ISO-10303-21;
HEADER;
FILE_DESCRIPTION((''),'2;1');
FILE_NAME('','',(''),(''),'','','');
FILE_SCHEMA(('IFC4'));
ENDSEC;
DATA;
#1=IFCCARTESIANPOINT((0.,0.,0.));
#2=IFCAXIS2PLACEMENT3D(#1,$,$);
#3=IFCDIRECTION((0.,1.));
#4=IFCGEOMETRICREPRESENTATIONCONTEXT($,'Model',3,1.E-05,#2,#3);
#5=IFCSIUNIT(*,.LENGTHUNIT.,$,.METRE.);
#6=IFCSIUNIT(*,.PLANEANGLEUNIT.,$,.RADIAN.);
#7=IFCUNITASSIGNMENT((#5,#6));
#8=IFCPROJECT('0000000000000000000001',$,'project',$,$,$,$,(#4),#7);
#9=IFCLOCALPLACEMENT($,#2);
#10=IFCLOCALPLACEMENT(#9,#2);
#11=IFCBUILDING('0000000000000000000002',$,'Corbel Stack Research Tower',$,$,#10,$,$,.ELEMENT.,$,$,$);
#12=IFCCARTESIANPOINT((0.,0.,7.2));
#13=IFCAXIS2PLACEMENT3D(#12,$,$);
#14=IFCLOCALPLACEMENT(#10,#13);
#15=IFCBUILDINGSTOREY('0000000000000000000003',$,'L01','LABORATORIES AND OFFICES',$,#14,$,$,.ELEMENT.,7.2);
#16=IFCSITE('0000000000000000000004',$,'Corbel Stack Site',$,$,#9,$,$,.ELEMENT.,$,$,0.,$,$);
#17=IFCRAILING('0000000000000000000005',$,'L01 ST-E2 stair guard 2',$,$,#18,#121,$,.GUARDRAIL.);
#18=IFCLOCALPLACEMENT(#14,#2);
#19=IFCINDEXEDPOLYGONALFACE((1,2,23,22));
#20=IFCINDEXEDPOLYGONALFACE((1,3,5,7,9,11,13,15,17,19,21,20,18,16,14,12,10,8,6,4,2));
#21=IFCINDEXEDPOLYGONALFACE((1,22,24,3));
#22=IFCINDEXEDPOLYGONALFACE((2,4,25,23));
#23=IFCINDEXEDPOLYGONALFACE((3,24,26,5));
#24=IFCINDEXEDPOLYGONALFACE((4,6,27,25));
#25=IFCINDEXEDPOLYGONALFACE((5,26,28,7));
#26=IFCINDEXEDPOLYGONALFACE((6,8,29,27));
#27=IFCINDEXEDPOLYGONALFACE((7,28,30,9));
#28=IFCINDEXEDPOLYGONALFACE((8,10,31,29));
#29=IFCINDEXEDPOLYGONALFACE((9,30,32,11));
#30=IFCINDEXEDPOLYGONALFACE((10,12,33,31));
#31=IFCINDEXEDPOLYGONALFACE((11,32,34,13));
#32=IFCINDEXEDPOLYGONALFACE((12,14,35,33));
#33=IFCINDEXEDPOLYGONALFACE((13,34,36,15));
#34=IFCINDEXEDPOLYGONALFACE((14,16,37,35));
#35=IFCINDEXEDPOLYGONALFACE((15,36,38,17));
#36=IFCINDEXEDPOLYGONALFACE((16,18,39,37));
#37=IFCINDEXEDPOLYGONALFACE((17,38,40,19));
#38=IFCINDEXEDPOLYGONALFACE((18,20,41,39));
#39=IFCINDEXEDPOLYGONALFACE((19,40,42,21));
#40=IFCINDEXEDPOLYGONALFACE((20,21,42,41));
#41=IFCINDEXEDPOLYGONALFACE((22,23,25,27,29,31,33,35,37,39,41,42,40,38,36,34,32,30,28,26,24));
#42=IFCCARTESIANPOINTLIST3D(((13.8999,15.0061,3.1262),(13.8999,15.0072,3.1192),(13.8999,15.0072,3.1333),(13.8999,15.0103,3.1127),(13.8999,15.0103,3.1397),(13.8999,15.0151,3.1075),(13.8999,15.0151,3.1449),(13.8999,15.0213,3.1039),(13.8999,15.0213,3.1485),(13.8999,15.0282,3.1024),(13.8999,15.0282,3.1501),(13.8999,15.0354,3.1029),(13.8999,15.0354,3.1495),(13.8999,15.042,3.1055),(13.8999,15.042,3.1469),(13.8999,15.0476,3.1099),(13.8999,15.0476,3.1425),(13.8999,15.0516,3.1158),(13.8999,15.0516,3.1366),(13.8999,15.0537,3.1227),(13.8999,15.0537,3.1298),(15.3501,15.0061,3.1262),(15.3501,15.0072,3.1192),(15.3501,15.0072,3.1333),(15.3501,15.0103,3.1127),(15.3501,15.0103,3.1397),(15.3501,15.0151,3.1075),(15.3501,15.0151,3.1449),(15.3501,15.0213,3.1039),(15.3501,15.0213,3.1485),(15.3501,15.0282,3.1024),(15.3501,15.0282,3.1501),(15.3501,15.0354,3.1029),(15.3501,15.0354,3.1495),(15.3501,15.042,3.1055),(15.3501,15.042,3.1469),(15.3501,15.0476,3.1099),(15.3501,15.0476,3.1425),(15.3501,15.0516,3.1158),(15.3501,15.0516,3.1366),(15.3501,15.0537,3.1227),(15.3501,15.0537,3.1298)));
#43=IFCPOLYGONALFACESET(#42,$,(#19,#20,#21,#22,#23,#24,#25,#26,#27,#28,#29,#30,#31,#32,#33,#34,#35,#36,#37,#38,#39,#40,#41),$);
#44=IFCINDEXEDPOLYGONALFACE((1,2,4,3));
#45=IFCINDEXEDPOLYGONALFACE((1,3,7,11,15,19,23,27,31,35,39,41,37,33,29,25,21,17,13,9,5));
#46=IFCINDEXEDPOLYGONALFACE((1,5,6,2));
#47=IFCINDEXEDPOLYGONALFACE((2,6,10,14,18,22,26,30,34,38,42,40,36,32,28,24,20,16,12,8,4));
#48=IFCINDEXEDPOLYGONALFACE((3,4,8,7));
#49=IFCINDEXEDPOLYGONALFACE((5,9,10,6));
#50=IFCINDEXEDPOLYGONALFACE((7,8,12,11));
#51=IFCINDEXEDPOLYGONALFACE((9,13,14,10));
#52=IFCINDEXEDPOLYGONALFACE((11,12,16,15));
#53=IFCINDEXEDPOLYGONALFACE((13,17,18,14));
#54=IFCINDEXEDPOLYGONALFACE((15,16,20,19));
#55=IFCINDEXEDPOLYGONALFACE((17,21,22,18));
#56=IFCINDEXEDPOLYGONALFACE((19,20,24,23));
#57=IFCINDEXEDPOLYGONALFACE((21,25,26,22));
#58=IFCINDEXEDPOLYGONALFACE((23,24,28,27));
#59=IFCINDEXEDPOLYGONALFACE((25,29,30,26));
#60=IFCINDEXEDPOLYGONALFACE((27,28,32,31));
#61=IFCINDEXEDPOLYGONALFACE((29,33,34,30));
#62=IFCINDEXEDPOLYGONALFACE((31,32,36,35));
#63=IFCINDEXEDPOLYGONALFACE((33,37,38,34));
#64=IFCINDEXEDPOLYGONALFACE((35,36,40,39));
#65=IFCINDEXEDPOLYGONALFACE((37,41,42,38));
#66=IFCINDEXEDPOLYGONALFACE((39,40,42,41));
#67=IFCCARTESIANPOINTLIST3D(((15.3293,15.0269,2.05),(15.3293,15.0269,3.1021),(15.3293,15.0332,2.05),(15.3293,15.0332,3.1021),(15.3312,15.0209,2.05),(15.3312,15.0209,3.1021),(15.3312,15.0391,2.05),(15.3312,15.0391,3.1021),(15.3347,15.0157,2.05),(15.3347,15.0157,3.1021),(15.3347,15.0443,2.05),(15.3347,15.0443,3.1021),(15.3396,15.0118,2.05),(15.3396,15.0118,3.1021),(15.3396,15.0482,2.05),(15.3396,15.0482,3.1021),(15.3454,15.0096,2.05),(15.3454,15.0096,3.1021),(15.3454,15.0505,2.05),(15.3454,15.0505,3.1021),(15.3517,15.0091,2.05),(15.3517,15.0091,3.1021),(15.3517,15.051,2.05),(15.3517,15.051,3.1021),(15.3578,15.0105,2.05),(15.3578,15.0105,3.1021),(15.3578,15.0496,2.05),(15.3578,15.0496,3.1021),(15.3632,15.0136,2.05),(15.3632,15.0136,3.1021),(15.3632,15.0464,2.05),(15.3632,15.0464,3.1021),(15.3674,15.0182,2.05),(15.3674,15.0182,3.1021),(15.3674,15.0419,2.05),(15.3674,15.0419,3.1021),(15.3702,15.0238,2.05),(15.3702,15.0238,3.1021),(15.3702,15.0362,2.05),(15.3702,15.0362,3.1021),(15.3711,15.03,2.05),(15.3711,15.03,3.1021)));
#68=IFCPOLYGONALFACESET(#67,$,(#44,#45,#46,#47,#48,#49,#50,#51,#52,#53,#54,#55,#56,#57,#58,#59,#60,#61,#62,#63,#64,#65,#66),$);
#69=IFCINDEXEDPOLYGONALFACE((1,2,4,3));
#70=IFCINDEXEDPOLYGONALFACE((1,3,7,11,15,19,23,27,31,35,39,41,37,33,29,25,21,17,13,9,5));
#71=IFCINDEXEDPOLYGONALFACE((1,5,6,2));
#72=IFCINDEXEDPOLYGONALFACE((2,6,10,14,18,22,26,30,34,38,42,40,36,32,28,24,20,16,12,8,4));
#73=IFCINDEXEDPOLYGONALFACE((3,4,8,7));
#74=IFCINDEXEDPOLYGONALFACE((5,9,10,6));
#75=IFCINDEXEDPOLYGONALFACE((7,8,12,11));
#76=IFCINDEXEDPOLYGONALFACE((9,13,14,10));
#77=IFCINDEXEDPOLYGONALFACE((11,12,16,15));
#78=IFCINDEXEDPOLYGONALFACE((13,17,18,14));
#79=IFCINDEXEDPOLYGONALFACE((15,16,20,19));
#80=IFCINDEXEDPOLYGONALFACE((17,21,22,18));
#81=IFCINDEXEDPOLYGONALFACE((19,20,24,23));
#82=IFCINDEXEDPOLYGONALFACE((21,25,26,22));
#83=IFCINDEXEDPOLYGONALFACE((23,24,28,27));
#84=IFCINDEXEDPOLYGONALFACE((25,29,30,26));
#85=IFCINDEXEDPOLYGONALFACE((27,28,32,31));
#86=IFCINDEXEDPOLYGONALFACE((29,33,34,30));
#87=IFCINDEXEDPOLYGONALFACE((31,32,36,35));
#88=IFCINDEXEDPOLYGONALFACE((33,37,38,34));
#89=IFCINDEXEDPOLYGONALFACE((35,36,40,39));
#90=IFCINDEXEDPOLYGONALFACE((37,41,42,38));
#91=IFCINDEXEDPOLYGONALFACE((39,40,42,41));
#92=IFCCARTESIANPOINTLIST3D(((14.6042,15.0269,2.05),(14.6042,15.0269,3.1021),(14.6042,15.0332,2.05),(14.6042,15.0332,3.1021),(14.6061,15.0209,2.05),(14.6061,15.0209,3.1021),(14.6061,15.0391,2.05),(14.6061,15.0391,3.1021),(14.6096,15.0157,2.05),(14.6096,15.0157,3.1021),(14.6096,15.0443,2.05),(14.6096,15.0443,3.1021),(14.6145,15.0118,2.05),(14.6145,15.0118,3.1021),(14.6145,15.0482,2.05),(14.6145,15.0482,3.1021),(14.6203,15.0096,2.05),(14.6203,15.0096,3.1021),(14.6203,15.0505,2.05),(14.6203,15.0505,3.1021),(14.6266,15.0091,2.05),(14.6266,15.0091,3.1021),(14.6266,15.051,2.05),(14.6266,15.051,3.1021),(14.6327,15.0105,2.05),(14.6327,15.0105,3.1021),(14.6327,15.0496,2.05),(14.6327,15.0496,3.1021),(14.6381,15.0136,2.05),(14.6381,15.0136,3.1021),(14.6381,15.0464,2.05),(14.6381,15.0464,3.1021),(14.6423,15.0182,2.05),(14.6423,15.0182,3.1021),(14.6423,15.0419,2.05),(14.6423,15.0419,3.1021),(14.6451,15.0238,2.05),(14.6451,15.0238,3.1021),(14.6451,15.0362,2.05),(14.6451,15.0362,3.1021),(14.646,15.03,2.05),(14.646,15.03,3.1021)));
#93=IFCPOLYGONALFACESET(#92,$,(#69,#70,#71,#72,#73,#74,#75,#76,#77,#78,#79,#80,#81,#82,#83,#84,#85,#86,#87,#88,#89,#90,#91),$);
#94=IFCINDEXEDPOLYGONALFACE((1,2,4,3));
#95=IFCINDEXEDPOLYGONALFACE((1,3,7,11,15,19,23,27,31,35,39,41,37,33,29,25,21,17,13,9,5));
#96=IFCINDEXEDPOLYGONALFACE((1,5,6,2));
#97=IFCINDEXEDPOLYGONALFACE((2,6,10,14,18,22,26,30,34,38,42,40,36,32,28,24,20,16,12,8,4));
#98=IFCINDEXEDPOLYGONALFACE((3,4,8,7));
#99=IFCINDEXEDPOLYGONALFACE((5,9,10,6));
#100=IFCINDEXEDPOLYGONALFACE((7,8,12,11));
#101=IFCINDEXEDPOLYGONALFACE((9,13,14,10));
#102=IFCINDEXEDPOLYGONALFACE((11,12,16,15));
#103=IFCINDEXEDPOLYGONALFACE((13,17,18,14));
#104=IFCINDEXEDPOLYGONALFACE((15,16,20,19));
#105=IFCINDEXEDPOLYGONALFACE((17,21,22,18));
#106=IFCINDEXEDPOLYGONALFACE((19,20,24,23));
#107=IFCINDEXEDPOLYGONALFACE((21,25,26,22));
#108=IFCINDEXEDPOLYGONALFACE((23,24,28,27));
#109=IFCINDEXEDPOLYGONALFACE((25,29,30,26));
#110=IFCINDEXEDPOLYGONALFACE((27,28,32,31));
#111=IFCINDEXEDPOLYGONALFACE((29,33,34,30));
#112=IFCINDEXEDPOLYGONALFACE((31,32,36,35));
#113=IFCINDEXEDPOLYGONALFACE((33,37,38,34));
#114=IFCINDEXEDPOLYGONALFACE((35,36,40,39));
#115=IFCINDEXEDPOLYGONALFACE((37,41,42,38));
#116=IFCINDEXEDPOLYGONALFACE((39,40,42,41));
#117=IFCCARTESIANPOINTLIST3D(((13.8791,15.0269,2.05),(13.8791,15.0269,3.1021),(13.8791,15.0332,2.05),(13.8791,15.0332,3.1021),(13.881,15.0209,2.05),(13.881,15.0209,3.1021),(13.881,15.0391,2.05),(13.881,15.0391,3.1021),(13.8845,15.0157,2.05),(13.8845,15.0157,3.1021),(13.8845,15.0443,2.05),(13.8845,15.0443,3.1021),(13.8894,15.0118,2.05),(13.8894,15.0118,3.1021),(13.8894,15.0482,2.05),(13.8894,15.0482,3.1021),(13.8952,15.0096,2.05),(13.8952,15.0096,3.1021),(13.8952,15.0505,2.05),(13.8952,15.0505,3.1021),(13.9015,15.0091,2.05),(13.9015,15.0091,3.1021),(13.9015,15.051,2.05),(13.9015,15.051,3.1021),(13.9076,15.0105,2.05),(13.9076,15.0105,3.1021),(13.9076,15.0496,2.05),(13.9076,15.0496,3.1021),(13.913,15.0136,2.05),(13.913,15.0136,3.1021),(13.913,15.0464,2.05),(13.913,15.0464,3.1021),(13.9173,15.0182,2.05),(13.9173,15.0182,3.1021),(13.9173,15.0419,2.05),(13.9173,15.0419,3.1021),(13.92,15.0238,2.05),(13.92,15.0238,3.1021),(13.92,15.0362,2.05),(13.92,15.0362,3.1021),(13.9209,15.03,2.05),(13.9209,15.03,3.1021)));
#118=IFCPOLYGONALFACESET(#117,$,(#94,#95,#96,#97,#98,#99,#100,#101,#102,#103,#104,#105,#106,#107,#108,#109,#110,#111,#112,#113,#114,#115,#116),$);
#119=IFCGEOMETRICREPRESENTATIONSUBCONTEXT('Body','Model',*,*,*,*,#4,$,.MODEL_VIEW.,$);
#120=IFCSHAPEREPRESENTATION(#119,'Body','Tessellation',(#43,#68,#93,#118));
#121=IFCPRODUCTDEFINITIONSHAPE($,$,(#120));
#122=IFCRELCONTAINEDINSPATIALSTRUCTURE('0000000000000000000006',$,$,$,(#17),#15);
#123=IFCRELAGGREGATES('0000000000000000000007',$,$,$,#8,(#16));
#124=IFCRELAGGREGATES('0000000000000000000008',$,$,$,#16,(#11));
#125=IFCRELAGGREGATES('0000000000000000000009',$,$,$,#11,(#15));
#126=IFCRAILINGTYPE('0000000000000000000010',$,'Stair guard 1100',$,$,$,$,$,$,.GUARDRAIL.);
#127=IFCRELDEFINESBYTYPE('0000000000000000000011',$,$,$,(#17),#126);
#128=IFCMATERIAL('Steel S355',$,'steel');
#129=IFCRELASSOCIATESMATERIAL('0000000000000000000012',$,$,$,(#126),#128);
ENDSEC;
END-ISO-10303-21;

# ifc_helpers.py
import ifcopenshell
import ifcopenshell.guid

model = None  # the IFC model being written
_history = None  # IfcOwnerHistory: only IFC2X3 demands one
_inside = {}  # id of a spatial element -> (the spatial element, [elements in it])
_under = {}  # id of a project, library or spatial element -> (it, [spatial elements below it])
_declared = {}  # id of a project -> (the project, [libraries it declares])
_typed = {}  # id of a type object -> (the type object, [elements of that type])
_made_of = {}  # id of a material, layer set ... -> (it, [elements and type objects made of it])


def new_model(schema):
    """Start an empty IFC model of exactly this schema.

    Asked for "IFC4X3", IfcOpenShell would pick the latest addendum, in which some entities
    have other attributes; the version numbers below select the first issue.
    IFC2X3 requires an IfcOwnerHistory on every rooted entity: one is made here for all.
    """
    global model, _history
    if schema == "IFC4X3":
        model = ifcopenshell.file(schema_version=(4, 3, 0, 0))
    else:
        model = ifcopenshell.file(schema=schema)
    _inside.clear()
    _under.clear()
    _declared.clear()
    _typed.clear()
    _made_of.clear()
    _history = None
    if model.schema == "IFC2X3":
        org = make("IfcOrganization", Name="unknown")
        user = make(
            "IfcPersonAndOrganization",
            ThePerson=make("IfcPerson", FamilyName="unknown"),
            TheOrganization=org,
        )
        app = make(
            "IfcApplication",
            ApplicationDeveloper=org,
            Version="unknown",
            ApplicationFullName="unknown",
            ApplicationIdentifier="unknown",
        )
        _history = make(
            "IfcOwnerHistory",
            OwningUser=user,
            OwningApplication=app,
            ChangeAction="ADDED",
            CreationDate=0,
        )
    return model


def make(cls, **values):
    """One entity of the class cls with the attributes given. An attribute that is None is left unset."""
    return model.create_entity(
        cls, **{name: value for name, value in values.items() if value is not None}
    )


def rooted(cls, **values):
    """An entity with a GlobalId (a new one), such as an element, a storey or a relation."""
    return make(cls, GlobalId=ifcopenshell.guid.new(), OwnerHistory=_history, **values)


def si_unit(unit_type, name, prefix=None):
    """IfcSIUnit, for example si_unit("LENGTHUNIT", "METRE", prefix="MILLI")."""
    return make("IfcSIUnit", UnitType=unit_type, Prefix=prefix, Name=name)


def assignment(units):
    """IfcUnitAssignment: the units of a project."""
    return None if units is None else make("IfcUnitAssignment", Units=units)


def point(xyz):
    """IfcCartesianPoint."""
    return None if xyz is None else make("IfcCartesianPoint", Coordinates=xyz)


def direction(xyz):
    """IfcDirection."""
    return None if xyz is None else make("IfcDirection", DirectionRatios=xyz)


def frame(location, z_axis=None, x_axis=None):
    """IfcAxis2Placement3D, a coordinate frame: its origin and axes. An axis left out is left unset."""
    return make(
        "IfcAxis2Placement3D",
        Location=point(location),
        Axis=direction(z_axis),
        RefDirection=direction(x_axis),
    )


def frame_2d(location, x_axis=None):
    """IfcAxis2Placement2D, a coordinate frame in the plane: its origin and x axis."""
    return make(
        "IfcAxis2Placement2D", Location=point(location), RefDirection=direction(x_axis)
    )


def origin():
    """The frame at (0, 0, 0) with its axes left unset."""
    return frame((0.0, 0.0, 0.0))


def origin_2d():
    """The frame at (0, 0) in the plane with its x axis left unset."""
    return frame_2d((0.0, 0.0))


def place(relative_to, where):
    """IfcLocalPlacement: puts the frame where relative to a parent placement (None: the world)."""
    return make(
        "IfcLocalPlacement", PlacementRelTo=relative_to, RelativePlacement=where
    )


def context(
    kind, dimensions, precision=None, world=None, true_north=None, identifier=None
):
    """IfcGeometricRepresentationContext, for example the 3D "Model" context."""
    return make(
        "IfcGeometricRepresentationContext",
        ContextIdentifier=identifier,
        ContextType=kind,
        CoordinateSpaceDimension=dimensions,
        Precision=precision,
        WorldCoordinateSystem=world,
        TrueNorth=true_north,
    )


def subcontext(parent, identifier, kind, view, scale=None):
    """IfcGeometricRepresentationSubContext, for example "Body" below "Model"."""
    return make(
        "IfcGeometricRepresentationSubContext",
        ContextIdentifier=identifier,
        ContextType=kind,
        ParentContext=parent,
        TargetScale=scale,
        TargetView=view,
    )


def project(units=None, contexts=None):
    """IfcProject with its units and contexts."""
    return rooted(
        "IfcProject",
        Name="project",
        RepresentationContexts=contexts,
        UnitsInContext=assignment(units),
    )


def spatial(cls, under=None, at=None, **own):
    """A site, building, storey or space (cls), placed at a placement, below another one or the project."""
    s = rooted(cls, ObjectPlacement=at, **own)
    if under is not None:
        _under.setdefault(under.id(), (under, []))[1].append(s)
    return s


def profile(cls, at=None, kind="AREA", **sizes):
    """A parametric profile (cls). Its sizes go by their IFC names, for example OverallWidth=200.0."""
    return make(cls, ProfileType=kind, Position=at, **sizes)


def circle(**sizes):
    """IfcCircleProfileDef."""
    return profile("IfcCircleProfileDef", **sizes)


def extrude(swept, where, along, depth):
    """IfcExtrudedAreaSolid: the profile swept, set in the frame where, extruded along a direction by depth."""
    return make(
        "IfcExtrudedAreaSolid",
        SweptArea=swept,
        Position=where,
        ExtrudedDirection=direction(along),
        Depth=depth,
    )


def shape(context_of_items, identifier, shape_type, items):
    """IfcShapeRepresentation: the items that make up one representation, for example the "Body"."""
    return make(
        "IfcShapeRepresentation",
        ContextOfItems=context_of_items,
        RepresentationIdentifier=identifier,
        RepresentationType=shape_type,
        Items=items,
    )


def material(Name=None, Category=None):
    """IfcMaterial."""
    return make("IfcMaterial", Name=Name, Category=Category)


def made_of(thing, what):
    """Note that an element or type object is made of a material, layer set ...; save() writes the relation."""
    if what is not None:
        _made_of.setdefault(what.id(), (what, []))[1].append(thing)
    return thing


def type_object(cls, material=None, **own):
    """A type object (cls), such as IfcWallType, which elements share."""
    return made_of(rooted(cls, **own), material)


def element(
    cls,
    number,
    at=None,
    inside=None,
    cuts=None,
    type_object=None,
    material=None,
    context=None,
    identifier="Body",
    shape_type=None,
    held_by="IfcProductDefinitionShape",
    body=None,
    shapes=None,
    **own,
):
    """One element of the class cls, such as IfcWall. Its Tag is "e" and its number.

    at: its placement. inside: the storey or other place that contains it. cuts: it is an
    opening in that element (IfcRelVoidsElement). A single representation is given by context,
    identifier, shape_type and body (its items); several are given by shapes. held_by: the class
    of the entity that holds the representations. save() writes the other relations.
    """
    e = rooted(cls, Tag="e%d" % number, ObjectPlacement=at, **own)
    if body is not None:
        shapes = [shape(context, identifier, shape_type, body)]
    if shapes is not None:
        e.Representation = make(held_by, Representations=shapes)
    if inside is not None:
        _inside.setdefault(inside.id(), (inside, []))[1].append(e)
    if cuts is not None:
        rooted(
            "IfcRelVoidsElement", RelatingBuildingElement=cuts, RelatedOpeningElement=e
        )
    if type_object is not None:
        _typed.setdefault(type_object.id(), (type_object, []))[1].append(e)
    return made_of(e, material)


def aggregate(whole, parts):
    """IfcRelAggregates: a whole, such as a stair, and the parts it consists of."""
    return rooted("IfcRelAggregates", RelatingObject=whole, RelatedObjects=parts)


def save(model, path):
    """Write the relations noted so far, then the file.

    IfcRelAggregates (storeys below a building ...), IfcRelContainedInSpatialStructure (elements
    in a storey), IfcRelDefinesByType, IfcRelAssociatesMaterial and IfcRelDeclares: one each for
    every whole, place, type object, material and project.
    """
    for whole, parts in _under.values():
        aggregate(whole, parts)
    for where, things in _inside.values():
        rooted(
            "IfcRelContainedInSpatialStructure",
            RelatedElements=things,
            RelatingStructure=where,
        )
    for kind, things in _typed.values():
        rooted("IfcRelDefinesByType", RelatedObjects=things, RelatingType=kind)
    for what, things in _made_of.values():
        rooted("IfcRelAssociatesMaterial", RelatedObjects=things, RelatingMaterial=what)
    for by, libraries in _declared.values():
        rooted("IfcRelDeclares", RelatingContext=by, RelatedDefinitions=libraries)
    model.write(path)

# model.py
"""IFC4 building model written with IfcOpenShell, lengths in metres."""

from ifc_helpers import new_model, si_unit, direction, frame, origin, origin_2d, place, context, subcontext, project, spatial, circle, extrude, material, type_object, element, save


model = new_model("IFC4")

# Units and contexts
model_context = context("Model", 3, precision=1e-05, world=origin(), true_north=direction((0.0, 1.0)))
body_context = subcontext(model_context, "Body", "Model", "MODEL_VIEW")
ifc_project = project(units=[si_unit("LENGTHUNIT", "METRE"), si_unit("PLANEANGLEUNIT", "RADIAN")], contexts=[model_context])

# Site, building, storey
site_placement = place(None, origin())
site = spatial("IfcSite", under=ifc_project, at=site_placement, Name="Corbel Stack Site", CompositionType="ELEMENT", RefElevation=0.0)
building_placement = place(site_placement, origin())
building = spatial("IfcBuilding", under=site, at=building_placement, Name="Corbel Stack Research Tower", CompositionType="ELEMENT")
storey_placement = place(building_placement, frame((0.0, 0.0, 7.2)))
storey = spatial("IfcBuildingStorey", under=building, at=storey_placement, Name="L01", Description="LABORATORIES AND OFFICES", CompositionType="ELEMENT", Elevation=7.2)

# Railing
ifc_material_1 = material(Name="Steel S355", Category="steel")
railing_type_1 = type_object("IfcRailingType", Name="Stair guard 1100", PredefinedType="GUARDRAIL", material=ifc_material_1)
railing_1_placement = place(storey_placement, frame((15.3501, 15.03, 2.05)))
element("IfcRailing", 1, at=railing_1_placement, inside=storey, type_object=railing_type_1, Name="L01 ST-E2 stair guard 2", PredefinedType="GUARDRAIL", context=body_context, shape_type="SweptSolid", body=[
    extrude(circle(Radius=0.0239, at=origin_2d()), frame((0.0, 0.0, 1.0762), z_axis=(-1.0, 0.0, 0.0), x_axis=(0.0, -1.0, 0.0)), (0.0, 0.0, 1.0), 1.4502),
    extrude(circle(Radius=0.021, at=origin_2d()), origin(), (0.0, 0.0, 1.0), 1.052),
    extrude(circle(Radius=0.021, at=origin_2d()), frame((-0.7251, 0.0, 0.0)), (0.0, 0.0, 1.0), 1.052),
    extrude(circle(Radius=0.021, at=origin_2d()), frame((-1.4502, 0.0, 0.0)), (0.0, 0.0, 1.0), 1.052),
])

save(model, "model.ifc")
